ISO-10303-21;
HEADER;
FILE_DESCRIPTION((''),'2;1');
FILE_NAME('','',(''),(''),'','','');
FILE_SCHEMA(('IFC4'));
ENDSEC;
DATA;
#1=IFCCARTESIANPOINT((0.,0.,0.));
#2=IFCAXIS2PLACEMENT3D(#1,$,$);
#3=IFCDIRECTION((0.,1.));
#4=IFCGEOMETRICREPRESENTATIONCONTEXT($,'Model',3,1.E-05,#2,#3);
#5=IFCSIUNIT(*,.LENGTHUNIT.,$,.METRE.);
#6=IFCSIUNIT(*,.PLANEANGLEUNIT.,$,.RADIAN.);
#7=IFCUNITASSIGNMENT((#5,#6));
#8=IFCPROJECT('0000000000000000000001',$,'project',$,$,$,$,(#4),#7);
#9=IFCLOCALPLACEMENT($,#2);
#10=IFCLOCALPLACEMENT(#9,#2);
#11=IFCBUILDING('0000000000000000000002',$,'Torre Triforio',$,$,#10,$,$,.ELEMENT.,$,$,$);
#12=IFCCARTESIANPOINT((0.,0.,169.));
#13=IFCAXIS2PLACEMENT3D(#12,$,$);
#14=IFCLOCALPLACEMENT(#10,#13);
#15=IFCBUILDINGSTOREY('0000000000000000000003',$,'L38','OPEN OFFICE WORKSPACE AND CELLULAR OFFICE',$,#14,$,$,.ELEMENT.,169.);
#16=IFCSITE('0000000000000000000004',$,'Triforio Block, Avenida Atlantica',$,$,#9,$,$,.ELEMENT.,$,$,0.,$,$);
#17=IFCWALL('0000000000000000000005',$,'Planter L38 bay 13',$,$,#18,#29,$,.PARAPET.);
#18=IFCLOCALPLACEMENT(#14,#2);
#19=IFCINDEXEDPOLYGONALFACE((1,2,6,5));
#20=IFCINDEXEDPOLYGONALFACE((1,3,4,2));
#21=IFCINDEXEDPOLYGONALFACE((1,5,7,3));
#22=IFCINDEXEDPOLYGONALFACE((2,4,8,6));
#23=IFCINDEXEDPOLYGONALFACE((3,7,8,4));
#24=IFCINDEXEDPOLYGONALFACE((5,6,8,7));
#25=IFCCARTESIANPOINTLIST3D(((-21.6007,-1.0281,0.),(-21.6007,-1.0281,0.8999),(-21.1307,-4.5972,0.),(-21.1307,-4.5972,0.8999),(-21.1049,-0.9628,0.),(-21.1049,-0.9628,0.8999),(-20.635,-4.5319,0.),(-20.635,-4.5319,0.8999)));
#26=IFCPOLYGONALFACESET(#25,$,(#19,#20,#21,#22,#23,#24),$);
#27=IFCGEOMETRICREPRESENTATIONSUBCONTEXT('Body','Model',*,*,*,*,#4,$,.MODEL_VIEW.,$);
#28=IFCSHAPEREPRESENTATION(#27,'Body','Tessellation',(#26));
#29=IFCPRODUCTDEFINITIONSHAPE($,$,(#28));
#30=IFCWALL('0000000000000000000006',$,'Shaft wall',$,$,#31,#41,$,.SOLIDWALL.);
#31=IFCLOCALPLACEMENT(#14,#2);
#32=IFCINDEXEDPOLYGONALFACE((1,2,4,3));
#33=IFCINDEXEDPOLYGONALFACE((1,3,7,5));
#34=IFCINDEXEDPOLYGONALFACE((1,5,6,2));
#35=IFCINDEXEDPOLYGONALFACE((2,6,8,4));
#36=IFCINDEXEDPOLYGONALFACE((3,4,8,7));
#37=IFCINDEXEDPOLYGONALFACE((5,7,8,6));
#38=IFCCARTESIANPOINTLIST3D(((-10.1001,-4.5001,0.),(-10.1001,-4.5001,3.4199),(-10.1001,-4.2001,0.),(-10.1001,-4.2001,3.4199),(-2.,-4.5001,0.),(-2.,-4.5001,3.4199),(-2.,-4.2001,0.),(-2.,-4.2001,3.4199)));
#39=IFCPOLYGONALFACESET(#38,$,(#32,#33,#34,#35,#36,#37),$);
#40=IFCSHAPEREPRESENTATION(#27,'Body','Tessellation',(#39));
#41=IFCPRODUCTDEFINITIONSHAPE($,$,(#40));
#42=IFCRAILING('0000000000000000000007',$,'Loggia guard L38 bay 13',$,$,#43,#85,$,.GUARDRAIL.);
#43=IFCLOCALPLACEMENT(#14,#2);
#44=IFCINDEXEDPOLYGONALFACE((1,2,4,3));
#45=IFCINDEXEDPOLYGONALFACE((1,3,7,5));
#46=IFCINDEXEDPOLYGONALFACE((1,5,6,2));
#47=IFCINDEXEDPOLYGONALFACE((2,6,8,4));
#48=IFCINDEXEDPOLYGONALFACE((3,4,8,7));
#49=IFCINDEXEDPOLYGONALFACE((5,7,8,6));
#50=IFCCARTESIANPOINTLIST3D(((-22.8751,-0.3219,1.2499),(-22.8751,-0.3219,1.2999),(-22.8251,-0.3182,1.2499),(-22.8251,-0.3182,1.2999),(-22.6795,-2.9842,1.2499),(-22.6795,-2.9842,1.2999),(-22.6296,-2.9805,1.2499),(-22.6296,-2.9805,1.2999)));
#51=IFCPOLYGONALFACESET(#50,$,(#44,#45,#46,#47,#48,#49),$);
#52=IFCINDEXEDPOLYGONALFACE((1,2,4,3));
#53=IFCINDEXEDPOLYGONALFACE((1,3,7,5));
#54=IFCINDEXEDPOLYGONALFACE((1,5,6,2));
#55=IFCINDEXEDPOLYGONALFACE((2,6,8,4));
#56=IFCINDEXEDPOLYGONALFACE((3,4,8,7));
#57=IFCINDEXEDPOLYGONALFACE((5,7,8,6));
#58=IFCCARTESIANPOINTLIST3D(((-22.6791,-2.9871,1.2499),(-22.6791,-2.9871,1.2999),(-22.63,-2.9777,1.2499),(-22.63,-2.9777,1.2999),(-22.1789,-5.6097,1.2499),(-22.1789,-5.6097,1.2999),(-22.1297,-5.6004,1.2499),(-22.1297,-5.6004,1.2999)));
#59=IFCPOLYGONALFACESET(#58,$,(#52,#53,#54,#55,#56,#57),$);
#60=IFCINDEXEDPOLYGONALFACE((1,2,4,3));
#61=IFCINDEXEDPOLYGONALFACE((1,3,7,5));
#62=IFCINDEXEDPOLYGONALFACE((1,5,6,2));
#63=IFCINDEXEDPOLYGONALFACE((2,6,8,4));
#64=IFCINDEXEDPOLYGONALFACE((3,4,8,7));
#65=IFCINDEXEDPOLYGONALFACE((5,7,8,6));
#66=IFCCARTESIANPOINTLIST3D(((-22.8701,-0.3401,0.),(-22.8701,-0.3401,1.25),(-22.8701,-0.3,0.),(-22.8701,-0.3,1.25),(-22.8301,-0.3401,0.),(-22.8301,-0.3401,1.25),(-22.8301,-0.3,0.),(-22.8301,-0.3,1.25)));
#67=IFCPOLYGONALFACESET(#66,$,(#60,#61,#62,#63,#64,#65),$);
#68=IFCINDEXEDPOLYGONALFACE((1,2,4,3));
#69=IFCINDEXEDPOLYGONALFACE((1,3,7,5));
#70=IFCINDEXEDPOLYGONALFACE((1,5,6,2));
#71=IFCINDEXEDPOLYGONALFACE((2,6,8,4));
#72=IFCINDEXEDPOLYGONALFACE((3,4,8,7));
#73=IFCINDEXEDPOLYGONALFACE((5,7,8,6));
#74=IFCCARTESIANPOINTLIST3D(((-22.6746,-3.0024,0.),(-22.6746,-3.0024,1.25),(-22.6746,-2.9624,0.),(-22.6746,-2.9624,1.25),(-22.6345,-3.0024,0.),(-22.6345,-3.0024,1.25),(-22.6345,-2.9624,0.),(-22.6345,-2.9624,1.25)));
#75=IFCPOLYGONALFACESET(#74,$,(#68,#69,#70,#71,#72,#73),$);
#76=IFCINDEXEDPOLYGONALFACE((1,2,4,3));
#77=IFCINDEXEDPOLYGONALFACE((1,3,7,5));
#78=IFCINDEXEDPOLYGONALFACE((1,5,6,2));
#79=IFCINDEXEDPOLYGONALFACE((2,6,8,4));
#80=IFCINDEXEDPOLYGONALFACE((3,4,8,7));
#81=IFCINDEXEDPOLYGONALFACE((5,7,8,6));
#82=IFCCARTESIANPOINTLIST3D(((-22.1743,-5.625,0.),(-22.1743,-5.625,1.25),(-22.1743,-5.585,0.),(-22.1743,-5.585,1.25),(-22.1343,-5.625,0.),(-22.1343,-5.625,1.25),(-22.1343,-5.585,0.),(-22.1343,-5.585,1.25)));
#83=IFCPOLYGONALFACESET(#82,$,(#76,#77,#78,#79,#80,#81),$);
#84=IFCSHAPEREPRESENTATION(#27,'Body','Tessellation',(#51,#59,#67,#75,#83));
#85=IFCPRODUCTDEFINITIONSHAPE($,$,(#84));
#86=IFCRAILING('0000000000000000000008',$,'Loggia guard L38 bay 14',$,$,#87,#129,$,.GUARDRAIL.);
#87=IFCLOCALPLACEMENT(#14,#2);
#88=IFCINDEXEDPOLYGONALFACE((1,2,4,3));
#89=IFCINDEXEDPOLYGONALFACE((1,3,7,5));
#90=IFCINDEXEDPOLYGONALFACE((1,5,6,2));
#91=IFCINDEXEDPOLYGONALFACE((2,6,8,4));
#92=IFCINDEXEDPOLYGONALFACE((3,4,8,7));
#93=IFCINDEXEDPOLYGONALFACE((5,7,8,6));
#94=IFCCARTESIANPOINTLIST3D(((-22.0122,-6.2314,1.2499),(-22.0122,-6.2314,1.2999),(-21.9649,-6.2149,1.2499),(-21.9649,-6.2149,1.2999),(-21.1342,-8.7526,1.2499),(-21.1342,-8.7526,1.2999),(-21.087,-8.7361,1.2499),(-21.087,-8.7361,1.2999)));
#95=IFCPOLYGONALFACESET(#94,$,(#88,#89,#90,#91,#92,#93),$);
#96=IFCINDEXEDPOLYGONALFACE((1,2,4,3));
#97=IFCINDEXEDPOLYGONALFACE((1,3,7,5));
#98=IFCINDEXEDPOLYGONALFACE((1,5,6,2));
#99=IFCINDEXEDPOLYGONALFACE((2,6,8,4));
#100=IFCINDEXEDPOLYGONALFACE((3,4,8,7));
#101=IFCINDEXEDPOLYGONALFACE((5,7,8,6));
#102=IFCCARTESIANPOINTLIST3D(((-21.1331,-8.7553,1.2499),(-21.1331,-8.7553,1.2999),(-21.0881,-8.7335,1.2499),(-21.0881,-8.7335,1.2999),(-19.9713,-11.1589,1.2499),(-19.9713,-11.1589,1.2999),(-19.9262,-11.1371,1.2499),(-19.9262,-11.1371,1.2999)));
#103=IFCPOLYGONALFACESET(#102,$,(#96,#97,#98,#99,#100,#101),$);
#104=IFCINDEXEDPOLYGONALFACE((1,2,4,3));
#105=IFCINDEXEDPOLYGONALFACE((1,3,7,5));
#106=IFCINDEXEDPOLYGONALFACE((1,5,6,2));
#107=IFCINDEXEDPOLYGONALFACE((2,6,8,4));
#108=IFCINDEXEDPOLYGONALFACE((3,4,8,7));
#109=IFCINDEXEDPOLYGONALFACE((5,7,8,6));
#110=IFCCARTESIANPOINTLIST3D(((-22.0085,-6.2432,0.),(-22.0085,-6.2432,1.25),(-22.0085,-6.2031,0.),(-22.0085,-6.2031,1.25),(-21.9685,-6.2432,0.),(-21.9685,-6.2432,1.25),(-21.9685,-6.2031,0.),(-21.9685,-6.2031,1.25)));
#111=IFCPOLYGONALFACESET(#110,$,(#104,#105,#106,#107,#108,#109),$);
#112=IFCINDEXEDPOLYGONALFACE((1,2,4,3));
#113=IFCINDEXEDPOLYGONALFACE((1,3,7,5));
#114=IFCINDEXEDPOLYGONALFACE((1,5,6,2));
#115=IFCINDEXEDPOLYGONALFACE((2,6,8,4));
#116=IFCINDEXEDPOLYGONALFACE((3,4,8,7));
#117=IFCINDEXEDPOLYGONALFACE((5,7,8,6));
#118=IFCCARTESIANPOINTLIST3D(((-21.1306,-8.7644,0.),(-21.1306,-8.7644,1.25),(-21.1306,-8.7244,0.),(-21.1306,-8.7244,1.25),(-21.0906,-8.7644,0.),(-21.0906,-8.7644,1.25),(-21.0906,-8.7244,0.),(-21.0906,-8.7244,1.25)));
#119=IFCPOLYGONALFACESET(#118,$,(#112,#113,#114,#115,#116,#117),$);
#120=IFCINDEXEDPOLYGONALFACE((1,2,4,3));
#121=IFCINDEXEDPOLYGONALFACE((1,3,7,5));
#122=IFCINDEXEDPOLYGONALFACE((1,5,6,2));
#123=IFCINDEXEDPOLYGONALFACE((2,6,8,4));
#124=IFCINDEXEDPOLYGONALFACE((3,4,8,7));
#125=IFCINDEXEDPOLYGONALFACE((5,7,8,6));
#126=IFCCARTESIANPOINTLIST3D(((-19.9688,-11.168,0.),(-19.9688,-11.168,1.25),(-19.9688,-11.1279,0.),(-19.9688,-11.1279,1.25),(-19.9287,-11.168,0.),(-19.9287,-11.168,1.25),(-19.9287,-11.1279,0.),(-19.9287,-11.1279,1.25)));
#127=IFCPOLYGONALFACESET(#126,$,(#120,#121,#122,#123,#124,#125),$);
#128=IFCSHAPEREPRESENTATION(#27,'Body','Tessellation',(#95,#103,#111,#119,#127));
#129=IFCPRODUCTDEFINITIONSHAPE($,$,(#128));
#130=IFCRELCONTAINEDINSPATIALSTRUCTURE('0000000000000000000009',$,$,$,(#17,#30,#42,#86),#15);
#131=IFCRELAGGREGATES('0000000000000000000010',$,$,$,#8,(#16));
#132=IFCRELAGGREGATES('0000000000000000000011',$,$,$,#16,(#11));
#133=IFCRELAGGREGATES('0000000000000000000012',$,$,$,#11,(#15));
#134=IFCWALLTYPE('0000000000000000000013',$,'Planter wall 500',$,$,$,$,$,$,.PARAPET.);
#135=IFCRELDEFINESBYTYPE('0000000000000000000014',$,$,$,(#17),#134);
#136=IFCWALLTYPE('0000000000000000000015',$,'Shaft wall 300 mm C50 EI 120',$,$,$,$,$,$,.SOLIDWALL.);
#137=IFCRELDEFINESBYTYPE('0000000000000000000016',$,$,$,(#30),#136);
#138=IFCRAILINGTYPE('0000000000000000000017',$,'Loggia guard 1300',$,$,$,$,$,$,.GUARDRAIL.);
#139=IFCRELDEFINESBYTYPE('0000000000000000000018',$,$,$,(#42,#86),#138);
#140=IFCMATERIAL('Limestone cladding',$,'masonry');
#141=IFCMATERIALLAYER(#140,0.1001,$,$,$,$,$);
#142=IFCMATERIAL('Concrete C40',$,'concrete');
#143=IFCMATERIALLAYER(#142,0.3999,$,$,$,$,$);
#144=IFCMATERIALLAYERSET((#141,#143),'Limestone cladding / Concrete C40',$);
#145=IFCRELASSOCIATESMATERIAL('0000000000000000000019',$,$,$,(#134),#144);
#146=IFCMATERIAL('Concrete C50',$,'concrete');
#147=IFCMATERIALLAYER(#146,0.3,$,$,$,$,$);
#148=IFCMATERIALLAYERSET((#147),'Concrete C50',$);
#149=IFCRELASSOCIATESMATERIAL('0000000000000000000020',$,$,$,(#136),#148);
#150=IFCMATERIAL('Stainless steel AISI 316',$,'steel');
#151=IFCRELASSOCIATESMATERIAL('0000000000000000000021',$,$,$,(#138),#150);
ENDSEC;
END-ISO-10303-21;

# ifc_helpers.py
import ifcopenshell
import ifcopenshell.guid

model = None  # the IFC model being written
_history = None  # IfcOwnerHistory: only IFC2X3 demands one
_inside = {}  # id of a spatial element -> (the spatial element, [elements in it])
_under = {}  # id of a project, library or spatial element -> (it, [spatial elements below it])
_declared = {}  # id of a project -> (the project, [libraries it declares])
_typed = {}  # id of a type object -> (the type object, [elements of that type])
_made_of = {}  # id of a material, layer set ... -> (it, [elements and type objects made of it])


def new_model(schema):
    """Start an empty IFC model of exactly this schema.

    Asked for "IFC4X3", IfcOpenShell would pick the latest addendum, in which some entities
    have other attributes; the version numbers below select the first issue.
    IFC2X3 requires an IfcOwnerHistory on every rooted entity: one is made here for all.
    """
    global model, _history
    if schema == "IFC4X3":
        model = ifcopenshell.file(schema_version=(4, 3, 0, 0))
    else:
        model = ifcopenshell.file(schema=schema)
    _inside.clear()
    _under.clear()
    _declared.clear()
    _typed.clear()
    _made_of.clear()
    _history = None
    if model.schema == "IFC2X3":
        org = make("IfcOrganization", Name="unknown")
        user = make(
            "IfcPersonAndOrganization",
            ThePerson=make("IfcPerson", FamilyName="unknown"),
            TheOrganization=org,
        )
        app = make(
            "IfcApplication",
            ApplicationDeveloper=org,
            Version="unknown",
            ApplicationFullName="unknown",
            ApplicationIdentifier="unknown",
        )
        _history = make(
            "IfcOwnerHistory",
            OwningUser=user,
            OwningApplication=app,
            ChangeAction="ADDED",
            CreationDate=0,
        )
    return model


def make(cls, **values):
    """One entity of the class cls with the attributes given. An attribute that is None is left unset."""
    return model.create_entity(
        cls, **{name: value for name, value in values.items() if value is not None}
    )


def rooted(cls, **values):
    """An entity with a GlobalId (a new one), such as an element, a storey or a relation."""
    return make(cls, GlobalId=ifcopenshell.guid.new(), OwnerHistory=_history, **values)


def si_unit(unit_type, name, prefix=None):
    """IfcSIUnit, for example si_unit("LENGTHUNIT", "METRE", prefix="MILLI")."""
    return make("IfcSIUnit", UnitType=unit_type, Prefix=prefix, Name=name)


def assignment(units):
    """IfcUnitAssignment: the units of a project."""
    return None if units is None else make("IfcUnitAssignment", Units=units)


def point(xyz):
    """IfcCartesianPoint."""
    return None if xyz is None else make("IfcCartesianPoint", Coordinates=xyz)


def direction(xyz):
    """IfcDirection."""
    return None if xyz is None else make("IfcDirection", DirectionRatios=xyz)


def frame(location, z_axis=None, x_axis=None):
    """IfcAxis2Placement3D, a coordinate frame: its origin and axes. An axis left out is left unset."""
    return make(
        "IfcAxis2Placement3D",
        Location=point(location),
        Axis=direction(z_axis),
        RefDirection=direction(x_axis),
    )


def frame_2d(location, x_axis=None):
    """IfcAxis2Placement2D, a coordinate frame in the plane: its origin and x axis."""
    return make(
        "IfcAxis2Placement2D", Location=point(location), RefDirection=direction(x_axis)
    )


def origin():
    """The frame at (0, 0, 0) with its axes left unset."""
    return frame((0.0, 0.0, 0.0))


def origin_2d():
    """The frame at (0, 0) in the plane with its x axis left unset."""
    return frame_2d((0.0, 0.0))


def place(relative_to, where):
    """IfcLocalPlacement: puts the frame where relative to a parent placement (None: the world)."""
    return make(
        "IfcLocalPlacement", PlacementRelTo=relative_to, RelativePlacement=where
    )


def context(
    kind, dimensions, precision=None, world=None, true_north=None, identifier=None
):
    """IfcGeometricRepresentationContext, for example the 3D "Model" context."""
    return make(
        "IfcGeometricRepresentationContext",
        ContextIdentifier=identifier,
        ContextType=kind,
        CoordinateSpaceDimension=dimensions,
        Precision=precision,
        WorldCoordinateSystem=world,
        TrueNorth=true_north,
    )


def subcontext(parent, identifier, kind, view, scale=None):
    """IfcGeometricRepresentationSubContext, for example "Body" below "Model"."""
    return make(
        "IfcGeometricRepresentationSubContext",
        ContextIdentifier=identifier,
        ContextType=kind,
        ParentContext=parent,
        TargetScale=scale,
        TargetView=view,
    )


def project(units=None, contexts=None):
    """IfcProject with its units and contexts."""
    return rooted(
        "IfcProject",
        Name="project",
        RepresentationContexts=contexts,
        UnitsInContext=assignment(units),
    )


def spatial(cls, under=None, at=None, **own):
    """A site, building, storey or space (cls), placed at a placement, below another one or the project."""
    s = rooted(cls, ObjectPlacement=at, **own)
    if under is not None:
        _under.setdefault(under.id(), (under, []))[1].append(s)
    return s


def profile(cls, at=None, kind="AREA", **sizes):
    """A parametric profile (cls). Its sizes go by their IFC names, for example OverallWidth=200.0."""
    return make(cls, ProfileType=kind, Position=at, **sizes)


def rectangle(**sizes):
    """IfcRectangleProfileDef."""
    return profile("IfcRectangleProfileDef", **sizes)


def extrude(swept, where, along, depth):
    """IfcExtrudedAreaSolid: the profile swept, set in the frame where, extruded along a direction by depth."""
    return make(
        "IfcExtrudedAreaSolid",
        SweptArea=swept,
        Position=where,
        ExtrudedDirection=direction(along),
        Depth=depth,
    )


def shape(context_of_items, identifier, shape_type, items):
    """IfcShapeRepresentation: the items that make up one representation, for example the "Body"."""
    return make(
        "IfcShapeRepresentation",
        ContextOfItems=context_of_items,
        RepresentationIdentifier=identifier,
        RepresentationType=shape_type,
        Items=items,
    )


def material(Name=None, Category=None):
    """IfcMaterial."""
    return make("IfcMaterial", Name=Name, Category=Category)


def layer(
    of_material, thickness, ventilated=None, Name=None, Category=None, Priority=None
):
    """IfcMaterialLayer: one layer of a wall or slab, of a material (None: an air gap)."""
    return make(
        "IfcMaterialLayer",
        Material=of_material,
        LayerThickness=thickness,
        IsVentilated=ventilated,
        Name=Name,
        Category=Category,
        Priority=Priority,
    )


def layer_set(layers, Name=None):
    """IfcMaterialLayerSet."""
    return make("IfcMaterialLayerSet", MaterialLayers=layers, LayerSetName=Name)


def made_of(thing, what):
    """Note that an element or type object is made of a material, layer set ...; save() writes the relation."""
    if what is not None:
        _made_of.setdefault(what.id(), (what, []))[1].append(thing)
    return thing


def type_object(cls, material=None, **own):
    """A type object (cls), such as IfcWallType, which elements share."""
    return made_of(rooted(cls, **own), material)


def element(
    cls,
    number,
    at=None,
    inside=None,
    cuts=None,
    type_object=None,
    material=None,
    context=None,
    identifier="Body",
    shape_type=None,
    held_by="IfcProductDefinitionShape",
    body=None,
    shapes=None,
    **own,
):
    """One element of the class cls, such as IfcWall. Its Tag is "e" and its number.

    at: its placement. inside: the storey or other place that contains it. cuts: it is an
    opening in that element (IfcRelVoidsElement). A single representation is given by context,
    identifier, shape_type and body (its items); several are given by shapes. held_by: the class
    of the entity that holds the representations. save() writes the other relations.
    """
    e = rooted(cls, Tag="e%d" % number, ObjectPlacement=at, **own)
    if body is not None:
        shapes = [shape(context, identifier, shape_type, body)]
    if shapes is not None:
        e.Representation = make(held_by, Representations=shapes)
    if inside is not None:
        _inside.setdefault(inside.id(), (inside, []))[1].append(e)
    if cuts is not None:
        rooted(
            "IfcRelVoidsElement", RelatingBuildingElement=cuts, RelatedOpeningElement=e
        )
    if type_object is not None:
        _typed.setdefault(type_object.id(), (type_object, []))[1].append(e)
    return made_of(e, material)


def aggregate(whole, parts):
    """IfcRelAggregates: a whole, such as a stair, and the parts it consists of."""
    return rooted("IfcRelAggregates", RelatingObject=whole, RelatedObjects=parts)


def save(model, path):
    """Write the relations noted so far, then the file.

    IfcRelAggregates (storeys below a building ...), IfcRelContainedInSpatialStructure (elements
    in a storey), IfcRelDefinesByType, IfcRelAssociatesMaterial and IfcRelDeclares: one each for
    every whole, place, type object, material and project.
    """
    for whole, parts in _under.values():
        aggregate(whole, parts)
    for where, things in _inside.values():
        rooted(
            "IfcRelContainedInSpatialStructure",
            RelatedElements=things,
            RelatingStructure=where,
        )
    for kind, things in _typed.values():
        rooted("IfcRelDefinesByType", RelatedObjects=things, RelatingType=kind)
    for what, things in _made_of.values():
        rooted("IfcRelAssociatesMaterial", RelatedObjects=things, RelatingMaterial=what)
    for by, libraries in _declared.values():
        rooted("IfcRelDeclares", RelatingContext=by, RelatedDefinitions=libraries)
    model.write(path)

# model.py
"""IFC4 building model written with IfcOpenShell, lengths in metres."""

from ifc_helpers import new_model, si_unit, direction, frame, frame_2d, origin, origin_2d, place, context, subcontext, project, spatial, rectangle, extrude, material, layer, layer_set, type_object, element, save


model = new_model("IFC4")

# Units and contexts
model_context = context("Model", 3, precision=1e-05, world=origin(), true_north=direction((0.0, 1.0)))
body_context = subcontext(model_context, "Body", "Model", "MODEL_VIEW")
ifc_project = project(units=[si_unit("LENGTHUNIT", "METRE"), si_unit("PLANEANGLEUNIT", "RADIAN")], contexts=[model_context])

# Site, building, storey
site_placement = place(None, origin())
site = spatial("IfcSite", under=ifc_project, at=site_placement, Name="Triforio Block, Avenida Atlantica", CompositionType="ELEMENT", RefElevation=0.0)
building_placement = place(site_placement, origin())
building = spatial("IfcBuilding", under=site, at=building_placement, Name="Torre Triforio", CompositionType="ELEMENT")
storey_placement = place(building_placement, frame((0.0, 0.0, 169.0)))
storey = spatial("IfcBuildingStorey", under=building, at=storey_placement, Name="L38", Description="OPEN OFFICE WORKSPACE AND CELLULAR OFFICE", CompositionType="ELEMENT", Elevation=169.0)

# Shared definitions
ifc_material_1 = material(Name="Concrete C50", Category="concrete")

# Shared definitions
ifc_material_2 = material(Name="Concrete C40", Category="concrete")

# Walls
ifc_material_3 = material(Name="Limestone cladding", Category="masonry")
ifc_layer_1 = layer(ifc_material_3, 0.1001)
ifc_layer_2 = layer(ifc_material_2, 0.3999)
ifc_layer_set_1 = layer_set([ifc_layer_1, ifc_layer_2], Name="Limestone cladding / Concrete C40")
wall_type_1 = type_object("IfcWallType", Name="Planter wall 500", PredefinedType="PARAPET", material=ifc_layer_set_1)
wall_1_placement = place(storey_placement, frame((-21.3528, -0.9956, 0.0), z_axis=(0.0, 0.0, 1.0), x_axis=(0.130551, -0.991442, 0.0)))
element("IfcWall", 1, at=wall_1_placement, inside=storey, type_object=wall_type_1, Name="Planter L38 bay 13", PredefinedType="PARAPET", context=body_context, shape_type="SweptSolid", body=[
    extrude(rectangle(XDim=3.5999, YDim=0.5, at=frame_2d((1.7998, 0.0))), origin(), (0.0, 0.0, 1.0), 0.8999),
])
ifc_layer_3 = layer(ifc_material_1, 0.3)
ifc_layer_set_2 = layer_set([ifc_layer_3], Name="Concrete C50")
wall_type_2 = type_object("IfcWallType", Name="Shaft wall 300 mm C50 EI 120", PredefinedType="SOLIDWALL", material=ifc_layer_set_2)
wall_2_placement = place(storey_placement, frame((-10.1001, -4.3501, 0.0), z_axis=(0.0, 0.0, 1.0), x_axis=(1.0, 0.0, 0.0)))
element("IfcWall", 2, at=wall_2_placement, inside=storey, type_object=wall_type_2, Name="Shaft wall", PredefinedType="SOLIDWALL", context=body_context, shape_type="SweptSolid", body=[
    extrude(rectangle(XDim=8.1001, YDim=0.3, at=frame_2d((4.05, 0.0))), origin(), (0.0, 0.0, 1.0), 3.4199),
])

# Railings
ifc_material_4 = material(Name="Stainless steel AISI 316", Category="steel")
railing_type = type_object("IfcRailingType", Name="Loggia guard 1300", PredefinedType="GUARDRAIL", material=ifc_material_4)
railing_1_placement = place(storey_placement, frame((-22.8501, -0.3201, 0.0)))
element("IfcRailing", 3, at=railing_1_placement, inside=storey, type_object=railing_type, Name="Loggia guard L38 bay 13", PredefinedType="GUARDRAIL", context=body_context, shape_type="SweptSolid", body=[
    extrude(rectangle(XDim=0.05, YDim=0.05, at=origin_2d()), frame((0.0, 0.0, 1.2749), z_axis=(0.073255, -0.997313, 0.0), x_axis=(0.997313, 0.073255, 0.0)), (0.0, 0.0, 1.0), 2.6694),
    extrude(rectangle(XDim=0.05, YDim=0.05, at=origin_2d()), frame((0.1956, -2.6624, 1.2749), z_axis=(0.187368, -0.98229, 0.0), x_axis=(0.98229, 0.187368, 0.0)), (0.0, 0.0, 1.0), 2.6699),
    extrude(rectangle(XDim=0.04, YDim=0.04, at=origin_2d()), origin(), (0.0, 0.0, 1.0), 1.25),
    extrude(rectangle(XDim=0.04, YDim=0.04, at=origin_2d()), frame((0.1956, -2.6624, 0.0)), (0.0, 0.0, 1.0), 1.25),
    extrude(rectangle(XDim=0.04, YDim=0.04, at=origin_2d()), frame((0.6958, -5.2849, 0.0)), (0.0, 0.0, 1.0), 1.25),
])
railing_2_placement = place(storey_placement, frame((-21.9885, -6.2231, 0.0)))
element("IfcRailing", 4, at=railing_2_placement, inside=storey, type_object=railing_type, Name="Loggia guard L38 bay 14", PredefinedType="GUARDRAIL", context=body_context, shape_type="SweptSolid", body=[
    extrude(rectangle(XDim=0.05, YDim=0.05, at=origin_2d()), frame((0.0, 0.0, 1.2749), z_axis=(0.328847, -0.944383, 0.0), x_axis=(0.944383, 0.328847, 0.0)), (0.0, 0.0, 1.0), 2.6697),
    extrude(rectangle(XDim=0.05, YDim=0.05, at=origin_2d()), frame((0.8779, -2.5212, 1.2749), z_axis=(0.435212, -0.900328, 0.0), x_axis=(0.900328, 0.435212, 0.0)), (0.0, 0.0, 1.0), 2.6697),
    extrude(rectangle(XDim=0.04, YDim=0.04, at=origin_2d()), origin(), (0.0, 0.0, 1.0), 1.25),
    extrude(rectangle(XDim=0.04, YDim=0.04, at=origin_2d()), frame((0.8779, -2.5212, 0.0)), (0.0, 0.0, 1.0), 1.25),
    extrude(rectangle(XDim=0.04, YDim=0.04, at=origin_2d()), frame((2.0398, -4.9248, 0.0)), (0.0, 0.0, 1.0), 1.25),
])

save(model, "model.ifc")
